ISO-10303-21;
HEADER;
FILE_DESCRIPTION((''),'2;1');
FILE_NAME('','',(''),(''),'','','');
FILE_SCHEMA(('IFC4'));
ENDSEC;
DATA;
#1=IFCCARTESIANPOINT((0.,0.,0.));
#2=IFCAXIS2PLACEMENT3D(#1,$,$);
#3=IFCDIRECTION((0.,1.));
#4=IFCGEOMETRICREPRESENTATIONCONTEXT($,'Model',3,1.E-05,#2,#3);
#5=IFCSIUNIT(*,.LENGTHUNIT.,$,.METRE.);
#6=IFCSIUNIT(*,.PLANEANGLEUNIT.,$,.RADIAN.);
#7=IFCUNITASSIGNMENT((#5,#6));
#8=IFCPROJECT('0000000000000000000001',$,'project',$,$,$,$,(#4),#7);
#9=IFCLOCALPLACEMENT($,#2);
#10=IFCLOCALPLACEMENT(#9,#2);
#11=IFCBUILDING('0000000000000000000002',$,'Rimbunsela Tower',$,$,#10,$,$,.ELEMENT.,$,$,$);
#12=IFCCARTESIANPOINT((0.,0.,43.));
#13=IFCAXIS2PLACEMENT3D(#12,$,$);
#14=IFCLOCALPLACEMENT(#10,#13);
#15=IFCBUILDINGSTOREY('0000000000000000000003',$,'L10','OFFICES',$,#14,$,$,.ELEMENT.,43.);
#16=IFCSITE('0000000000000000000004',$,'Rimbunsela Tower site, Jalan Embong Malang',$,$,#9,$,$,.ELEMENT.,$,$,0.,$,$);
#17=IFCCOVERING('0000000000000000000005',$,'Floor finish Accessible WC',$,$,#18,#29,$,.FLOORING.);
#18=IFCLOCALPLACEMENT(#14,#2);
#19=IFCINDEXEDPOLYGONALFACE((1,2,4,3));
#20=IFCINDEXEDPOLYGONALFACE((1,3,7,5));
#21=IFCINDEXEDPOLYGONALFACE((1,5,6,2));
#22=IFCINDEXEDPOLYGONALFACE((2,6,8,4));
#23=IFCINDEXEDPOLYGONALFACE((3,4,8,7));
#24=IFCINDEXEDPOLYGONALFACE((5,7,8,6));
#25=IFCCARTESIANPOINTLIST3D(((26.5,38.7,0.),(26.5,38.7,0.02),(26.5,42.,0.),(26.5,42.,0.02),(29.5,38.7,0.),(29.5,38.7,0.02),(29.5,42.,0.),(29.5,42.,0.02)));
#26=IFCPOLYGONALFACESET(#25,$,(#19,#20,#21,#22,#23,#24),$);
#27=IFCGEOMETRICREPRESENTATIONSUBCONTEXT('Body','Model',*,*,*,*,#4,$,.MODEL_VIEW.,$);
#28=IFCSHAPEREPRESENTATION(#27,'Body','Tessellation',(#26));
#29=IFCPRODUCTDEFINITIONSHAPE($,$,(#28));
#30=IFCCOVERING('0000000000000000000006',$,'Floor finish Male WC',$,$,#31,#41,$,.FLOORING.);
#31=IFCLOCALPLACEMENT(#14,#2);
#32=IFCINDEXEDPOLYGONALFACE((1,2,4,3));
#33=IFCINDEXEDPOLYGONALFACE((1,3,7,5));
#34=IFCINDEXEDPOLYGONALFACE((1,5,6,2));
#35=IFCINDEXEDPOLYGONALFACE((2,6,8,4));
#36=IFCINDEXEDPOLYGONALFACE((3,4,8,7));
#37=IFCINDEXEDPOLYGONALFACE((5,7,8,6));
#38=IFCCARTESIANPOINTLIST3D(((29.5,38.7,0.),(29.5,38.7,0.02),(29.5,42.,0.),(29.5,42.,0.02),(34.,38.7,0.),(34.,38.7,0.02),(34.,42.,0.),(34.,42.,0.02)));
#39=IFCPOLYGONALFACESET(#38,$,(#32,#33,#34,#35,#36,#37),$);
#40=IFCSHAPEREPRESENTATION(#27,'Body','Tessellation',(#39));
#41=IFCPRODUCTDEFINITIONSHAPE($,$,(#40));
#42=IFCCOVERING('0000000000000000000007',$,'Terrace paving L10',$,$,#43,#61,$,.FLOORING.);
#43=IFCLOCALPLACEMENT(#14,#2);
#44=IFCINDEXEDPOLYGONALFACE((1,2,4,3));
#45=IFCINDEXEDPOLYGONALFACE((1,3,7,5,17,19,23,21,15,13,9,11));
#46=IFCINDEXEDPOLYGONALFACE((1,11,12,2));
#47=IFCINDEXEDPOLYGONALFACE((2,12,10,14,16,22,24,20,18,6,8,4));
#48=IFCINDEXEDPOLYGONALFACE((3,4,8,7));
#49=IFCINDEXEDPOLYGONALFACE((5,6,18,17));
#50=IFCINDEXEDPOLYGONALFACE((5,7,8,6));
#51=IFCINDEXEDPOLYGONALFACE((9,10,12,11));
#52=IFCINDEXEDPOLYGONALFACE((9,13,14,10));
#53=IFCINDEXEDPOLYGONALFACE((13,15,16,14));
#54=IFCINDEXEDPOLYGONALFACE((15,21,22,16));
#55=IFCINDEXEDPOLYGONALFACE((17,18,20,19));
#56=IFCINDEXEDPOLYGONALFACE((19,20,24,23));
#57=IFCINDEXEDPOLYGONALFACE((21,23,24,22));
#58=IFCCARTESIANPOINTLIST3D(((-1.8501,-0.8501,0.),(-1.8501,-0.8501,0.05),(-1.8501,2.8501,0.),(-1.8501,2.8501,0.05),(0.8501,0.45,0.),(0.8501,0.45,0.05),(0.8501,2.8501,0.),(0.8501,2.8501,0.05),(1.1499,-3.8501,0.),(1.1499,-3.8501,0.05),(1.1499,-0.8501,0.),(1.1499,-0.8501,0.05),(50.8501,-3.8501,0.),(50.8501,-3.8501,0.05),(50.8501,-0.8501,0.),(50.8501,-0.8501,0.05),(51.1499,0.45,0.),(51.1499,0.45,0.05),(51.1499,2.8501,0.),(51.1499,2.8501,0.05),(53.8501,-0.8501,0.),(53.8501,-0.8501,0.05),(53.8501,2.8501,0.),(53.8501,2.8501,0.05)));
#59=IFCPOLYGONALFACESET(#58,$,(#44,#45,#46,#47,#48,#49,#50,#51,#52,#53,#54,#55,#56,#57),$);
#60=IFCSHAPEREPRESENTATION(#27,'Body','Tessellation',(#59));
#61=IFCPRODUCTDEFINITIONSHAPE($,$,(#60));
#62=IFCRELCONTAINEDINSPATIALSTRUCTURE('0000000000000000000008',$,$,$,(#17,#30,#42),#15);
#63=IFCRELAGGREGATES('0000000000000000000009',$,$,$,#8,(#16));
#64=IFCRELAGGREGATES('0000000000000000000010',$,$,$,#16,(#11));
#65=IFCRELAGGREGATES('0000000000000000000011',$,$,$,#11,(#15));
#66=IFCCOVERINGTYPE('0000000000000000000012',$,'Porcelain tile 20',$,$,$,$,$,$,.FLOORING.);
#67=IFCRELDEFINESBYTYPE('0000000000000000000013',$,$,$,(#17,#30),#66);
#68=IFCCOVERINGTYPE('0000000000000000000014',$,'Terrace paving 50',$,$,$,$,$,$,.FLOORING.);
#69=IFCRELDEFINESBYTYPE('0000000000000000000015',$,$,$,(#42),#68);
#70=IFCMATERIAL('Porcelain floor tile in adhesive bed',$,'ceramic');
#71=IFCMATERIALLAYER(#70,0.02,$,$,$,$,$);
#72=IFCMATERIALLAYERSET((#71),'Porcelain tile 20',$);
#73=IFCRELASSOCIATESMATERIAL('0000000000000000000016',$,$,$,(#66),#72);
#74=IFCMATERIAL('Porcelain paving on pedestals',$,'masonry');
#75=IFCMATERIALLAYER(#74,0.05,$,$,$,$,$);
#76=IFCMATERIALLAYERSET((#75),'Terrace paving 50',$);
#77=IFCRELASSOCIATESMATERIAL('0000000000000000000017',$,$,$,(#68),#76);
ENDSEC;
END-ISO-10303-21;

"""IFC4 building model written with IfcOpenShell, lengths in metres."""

from ifc_helpers import new_model, si_unit, direction, frame, origin, place, context, subcontext, project, spatial, polyline, outline, extrude, material, layer, layer_set, type_object, element, save


model = new_model("IFC4")

# Units and contexts
model_context = context("Model", 3, precision=1e-05, world=origin(), true_north=direction((0.0, 1.0)))
body_context = subcontext(model_context, "Body", "Model", "MODEL_VIEW")
ifc_project = project(units=[si_unit("LENGTHUNIT", "METRE"), si_unit("PLANEANGLEUNIT", "RADIAN")], contexts=[model_context])

# Site, building, storey
site_placement = place(None, origin())
site = spatial("IfcSite", under=ifc_project, at=site_placement, Name="Rimbunsela Tower site, Jalan Embong Malang", CompositionType="ELEMENT", RefElevation=0.0)
building_placement = place(site_placement, origin())
building = spatial("IfcBuilding", under=site, at=building_placement, Name="Rimbunsela Tower", CompositionType="ELEMENT")
storey_placement = place(building_placement, frame((0.0, 0.0, 43.0)))
storey = spatial("IfcBuildingStorey", under=building, at=storey_placement, Name="L10", Description="OFFICES", CompositionType="ELEMENT", Elevation=43.0)

# Coverings
ifc_material_1 = material(Name="Porcelain floor tile in adhesive bed", Category="ceramic")
ifc_layer_1 = layer(ifc_material_1, 0.02)
ifc_layer_set_1 = layer_set([ifc_layer_1], Name="Porcelain tile 20")
covering_type_1 = type_object("IfcCoveringType", Name="Porcelain tile 20", PredefinedType="FLOORING", material=ifc_layer_set_1)
covering_1_placement = place(storey_placement, origin())
element("IfcCovering", 1, at=covering_1_placement, inside=storey, type_object=covering_type_1, Name="Floor finish Accessible WC", PredefinedType="FLOORING", context=body_context, shape_type="SweptSolid", body=[
    extrude(outline(polyline([(29.5, 38.7), (29.5, 42.0), (26.5, 42.0), (26.5, 38.7), (29.5, 38.7)])), origin(), (0.0, 0.0, 1.0), 0.02),
])
covering_2_placement = place(storey_placement, origin())
element("IfcCovering", 2, at=covering_2_placement, inside=storey, type_object=covering_type_1, Name="Floor finish Male WC", PredefinedType="FLOORING", context=body_context, shape_type="SweptSolid", body=[
    extrude(outline(polyline([(34.0, 38.7), (34.0, 42.0), (29.5, 42.0), (29.5, 38.7), (34.0, 38.7)])), origin(), (0.0, 0.0, 1.0), 0.02),
])
ifc_material_2 = material(Name="Porcelain paving on pedestals", Category="masonry")
ifc_layer_2 = layer(ifc_material_2, 0.05)
ifc_layer_set_2 = layer_set([ifc_layer_2], Name="Terrace paving 50")
covering_type_2 = type_object("IfcCoveringType", Name="Terrace paving 50", PredefinedType="FLOORING", material=ifc_layer_set_2)
covering_3_placement = place(storey_placement, origin())
element("IfcCovering", 3, at=covering_3_placement, inside=storey, type_object=covering_type_2, Name="Terrace paving L10", PredefinedType="FLOORING", context=body_context, shape_type="SweptSolid", body=[
    extrude(outline(polyline([(53.8501, -0.8501), (50.8501, -0.8501), (50.8501, -3.8501), (1.1499, -3.8501), (1.1499, -0.8501), (-1.8501, -0.8501), (-1.8501, 2.8501), (0.8501, 2.8501), (0.8501, 0.45), (51.1499, 0.45), (51.1499, 2.8501), (53.8501, 2.8501), (53.8501, -0.8501)])), origin(), (0.0, 0.0, 1.0), 0.05),
])

save(model, "model.ifc")
